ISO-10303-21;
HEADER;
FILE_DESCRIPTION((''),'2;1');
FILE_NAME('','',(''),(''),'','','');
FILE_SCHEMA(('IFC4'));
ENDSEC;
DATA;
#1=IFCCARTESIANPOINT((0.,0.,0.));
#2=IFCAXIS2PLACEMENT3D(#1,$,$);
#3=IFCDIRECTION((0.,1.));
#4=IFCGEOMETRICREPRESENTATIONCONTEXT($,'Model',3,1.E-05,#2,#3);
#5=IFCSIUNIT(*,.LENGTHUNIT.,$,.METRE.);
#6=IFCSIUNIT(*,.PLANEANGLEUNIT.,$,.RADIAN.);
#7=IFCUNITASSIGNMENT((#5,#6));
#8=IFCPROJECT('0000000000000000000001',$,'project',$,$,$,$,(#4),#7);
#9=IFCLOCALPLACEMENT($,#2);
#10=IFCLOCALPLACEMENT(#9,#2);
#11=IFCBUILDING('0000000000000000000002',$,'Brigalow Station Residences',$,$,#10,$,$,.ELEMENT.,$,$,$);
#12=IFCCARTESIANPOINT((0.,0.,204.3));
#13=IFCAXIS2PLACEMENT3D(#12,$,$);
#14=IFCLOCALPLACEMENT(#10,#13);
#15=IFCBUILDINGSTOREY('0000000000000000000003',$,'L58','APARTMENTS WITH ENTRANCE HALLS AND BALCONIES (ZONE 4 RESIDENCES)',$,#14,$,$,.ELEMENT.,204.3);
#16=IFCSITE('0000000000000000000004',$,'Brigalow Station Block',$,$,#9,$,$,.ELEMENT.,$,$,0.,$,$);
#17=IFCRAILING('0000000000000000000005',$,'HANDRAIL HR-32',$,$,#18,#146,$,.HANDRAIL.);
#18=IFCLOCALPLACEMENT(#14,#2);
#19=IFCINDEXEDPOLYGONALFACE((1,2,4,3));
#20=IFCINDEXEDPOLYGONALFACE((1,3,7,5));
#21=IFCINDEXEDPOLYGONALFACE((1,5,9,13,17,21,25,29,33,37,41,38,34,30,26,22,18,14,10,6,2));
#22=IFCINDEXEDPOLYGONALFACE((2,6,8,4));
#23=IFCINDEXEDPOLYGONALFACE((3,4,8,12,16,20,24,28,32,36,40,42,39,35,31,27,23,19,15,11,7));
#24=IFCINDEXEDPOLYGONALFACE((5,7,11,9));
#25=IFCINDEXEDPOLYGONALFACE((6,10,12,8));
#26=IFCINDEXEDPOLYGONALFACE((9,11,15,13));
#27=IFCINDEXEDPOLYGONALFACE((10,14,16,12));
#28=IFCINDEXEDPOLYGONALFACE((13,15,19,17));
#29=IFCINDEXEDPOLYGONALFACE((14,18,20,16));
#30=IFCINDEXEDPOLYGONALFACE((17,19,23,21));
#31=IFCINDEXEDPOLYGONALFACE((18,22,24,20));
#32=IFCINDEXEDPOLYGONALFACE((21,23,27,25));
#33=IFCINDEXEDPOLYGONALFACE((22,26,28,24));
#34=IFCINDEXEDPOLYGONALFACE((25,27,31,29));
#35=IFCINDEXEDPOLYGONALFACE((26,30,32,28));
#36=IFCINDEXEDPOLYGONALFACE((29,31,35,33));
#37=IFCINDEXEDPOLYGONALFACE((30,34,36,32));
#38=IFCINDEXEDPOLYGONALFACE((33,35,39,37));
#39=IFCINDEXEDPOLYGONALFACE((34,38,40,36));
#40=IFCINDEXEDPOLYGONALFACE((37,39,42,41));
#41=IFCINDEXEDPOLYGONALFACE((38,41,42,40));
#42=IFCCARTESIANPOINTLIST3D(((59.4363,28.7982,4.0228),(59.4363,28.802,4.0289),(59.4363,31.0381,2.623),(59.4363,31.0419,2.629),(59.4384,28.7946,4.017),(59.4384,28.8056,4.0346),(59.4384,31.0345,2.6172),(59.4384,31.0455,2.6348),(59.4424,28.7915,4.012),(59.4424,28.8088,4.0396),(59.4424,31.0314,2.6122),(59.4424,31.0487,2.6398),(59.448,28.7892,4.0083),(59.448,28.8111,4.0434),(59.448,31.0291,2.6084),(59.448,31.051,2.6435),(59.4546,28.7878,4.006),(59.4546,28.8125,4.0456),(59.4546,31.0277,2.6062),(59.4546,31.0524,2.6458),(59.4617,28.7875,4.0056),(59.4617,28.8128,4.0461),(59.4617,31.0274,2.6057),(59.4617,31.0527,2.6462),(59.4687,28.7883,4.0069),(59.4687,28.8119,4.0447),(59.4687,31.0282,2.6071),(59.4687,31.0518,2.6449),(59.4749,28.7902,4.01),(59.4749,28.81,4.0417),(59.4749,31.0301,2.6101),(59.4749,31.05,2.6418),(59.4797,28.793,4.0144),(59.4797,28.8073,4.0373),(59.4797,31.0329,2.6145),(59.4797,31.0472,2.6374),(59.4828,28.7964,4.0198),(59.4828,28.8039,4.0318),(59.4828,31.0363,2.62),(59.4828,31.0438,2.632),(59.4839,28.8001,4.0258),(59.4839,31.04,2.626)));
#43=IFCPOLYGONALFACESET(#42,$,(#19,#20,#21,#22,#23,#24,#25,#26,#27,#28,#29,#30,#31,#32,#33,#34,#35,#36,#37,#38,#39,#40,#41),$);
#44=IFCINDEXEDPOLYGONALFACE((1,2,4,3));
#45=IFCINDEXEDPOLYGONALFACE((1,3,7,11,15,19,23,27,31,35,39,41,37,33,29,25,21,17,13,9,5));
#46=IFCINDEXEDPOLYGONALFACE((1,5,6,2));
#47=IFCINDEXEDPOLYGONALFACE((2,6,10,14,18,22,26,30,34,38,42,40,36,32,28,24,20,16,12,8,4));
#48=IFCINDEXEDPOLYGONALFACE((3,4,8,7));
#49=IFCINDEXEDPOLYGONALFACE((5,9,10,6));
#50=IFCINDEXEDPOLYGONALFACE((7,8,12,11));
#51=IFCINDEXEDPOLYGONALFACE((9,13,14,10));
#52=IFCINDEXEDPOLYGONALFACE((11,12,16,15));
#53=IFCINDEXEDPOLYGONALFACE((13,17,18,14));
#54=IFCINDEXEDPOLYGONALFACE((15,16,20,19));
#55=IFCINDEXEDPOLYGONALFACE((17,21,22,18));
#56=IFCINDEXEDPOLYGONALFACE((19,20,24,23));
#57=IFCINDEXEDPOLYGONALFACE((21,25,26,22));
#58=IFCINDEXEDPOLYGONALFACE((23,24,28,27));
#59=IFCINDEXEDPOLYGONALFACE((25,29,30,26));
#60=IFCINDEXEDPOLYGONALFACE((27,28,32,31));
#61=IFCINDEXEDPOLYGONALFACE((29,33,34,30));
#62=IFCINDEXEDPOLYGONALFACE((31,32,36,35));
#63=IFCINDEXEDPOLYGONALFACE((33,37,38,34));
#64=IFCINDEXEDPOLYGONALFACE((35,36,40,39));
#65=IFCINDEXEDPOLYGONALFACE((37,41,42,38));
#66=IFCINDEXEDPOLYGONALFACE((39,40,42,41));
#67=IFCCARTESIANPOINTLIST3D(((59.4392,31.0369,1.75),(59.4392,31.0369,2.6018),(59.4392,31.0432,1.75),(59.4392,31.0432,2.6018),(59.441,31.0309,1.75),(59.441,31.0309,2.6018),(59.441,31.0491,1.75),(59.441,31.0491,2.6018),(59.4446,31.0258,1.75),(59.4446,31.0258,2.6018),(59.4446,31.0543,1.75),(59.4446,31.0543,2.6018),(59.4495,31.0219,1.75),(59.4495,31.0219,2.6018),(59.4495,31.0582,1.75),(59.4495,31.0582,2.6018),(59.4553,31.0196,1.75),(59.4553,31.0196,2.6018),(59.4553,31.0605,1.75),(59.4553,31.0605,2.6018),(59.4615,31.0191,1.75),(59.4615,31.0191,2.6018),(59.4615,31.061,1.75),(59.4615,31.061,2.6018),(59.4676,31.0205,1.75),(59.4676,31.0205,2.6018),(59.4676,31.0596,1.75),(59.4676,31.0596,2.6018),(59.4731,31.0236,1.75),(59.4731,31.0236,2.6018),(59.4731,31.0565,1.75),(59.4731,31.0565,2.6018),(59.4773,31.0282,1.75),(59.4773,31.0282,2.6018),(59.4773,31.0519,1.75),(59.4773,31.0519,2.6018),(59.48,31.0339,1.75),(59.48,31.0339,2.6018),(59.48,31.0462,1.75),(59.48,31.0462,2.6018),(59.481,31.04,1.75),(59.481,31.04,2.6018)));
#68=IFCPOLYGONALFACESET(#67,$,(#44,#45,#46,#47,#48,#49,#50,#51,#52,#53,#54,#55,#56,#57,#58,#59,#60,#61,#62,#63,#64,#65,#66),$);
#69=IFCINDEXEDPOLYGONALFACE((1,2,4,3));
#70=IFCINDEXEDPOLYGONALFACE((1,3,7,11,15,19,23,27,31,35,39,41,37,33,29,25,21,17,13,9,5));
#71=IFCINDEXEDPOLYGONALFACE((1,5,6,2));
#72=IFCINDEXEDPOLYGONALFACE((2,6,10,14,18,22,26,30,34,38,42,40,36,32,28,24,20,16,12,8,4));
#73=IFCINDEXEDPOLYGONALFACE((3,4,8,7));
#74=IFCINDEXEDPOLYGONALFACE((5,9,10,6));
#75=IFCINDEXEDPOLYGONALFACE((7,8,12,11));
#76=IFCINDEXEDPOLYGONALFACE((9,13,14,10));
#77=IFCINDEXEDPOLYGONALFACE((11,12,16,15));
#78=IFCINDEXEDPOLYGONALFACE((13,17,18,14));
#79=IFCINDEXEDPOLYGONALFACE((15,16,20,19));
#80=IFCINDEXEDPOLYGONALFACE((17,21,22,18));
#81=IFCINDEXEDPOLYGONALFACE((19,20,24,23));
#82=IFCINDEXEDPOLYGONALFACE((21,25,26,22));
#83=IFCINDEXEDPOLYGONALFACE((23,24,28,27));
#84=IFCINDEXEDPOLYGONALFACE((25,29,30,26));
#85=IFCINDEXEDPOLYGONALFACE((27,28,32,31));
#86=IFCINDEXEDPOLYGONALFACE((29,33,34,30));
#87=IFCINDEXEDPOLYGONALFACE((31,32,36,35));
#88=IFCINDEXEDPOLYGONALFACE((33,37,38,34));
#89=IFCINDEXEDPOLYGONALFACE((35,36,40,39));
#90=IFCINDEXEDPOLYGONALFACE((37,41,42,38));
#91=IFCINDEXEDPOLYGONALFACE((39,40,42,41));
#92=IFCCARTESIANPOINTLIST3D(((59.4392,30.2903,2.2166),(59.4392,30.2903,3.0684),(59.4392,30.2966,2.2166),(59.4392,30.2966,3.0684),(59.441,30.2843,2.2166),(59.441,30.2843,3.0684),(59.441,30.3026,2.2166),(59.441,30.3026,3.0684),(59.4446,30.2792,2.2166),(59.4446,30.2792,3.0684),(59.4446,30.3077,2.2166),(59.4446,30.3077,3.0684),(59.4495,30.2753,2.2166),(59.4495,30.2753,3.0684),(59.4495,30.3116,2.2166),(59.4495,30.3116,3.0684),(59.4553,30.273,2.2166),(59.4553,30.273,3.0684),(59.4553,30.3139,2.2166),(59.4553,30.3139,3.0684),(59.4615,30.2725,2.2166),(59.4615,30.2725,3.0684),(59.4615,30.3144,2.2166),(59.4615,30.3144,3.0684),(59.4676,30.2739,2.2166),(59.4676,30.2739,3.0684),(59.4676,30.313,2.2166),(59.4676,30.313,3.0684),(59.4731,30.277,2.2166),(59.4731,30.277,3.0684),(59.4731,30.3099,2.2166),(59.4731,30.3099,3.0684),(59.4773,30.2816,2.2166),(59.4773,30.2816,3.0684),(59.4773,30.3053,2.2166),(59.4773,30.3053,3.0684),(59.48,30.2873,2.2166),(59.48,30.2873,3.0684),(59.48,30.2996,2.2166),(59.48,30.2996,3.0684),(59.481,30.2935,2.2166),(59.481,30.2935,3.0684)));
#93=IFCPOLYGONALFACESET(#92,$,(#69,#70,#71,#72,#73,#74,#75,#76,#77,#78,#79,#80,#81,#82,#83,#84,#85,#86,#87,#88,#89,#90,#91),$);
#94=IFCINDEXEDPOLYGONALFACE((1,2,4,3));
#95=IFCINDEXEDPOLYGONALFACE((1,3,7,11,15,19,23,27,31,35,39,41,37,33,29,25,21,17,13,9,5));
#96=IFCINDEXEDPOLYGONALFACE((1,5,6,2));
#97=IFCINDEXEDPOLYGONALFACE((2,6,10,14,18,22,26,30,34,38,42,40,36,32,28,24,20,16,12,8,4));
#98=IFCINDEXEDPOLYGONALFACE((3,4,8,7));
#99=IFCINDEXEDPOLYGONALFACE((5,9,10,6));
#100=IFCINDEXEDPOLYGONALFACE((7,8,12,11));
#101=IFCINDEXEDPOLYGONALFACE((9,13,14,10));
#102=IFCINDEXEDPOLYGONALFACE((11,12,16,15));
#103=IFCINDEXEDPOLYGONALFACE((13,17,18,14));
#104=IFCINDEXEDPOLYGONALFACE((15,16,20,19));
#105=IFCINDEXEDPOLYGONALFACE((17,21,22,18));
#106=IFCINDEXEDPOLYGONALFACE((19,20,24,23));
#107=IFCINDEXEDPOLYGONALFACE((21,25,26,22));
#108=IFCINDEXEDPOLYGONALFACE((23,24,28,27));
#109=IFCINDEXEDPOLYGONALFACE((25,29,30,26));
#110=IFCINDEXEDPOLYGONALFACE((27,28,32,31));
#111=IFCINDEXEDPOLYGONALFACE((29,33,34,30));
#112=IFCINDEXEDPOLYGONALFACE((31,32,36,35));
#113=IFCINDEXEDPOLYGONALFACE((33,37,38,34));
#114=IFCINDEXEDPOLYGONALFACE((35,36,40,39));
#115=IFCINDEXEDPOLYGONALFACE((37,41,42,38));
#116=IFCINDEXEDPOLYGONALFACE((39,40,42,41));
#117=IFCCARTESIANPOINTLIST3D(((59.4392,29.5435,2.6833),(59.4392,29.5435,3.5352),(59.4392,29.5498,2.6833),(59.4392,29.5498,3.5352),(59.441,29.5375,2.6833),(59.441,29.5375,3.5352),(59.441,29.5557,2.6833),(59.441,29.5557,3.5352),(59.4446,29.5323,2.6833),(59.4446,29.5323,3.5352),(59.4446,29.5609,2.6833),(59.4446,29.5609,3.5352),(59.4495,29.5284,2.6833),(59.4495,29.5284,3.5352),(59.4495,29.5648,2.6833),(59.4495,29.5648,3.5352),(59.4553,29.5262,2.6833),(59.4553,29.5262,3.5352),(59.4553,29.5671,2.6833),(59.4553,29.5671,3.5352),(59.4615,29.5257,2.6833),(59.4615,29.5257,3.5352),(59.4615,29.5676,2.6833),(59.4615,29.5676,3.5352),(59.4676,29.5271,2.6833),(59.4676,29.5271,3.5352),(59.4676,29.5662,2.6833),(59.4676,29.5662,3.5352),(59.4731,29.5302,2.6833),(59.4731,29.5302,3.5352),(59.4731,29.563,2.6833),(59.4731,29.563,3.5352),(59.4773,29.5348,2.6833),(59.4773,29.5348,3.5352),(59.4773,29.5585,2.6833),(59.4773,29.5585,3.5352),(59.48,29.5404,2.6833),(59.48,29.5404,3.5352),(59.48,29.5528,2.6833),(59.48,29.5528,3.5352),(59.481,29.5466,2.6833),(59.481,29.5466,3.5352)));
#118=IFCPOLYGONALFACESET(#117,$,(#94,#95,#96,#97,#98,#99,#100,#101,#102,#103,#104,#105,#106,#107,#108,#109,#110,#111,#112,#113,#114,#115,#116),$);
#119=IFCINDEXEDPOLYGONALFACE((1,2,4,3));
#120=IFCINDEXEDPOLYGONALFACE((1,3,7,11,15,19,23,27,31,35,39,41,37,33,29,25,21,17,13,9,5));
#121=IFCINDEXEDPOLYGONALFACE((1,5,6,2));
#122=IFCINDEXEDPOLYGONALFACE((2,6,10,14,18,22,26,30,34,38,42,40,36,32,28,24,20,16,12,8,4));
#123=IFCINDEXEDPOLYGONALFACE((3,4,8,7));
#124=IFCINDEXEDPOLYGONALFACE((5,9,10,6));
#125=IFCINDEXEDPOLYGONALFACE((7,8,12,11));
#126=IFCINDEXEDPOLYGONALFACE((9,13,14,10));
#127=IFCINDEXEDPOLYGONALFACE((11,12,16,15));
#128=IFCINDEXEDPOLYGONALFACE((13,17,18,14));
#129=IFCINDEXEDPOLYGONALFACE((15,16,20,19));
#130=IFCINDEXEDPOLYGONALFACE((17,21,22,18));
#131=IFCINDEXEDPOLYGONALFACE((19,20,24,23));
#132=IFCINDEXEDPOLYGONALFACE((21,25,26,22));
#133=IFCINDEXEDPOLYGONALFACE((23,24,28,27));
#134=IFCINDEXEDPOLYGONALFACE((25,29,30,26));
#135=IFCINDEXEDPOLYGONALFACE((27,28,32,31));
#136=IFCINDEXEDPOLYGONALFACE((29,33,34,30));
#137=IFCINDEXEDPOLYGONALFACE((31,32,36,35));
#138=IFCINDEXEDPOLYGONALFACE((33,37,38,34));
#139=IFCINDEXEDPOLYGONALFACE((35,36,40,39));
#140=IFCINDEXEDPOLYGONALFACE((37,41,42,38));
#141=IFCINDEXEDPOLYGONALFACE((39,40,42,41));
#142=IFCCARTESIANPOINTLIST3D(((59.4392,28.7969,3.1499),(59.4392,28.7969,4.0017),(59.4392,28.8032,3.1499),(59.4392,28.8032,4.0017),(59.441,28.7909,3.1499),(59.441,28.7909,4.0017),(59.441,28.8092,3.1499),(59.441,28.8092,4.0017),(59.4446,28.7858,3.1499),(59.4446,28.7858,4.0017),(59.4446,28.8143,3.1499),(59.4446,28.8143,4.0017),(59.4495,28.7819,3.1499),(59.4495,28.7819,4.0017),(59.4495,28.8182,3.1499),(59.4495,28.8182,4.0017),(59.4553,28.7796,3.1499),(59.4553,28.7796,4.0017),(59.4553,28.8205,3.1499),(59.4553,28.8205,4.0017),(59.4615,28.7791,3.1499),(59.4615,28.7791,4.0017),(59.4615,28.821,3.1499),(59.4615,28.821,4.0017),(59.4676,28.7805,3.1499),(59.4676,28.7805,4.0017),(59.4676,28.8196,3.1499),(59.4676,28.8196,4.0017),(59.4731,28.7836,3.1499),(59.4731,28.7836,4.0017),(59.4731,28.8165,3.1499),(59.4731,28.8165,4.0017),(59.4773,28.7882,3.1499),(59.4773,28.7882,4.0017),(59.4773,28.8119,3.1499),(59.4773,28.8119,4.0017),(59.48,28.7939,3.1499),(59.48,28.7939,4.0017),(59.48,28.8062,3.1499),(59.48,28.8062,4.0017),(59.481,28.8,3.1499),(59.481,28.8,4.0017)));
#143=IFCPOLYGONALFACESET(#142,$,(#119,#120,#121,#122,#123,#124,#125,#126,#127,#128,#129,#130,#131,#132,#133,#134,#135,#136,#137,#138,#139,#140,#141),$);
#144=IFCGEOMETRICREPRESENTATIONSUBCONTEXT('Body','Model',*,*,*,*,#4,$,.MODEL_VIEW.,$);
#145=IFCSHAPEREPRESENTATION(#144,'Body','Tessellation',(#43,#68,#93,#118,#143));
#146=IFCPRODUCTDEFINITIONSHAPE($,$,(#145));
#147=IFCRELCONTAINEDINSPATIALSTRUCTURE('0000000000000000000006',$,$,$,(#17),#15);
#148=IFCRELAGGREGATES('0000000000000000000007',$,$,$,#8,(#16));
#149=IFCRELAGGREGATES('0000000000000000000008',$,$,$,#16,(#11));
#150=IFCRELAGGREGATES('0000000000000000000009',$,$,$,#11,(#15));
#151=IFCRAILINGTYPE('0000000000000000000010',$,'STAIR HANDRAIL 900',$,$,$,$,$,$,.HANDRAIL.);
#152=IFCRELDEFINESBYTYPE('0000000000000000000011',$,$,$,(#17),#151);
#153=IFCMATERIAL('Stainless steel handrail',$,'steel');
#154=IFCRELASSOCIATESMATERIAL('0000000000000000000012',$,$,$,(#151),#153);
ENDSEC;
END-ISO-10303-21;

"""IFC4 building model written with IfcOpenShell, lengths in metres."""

from ifc_helpers import new_model, si_unit, direction, frame, origin, origin_2d, place, context, subcontext, project, spatial, circle, extrude, material, type_object, element, save


model = new_model("IFC4")

# Units and contexts
model_context = context("Model", 3, precision=1e-05, world=origin(), true_north=direction((0.0, 1.0)))
body_context = subcontext(model_context, "Body", "Model", "MODEL_VIEW")
ifc_project = project(units=[si_unit("LENGTHUNIT", "METRE"), si_unit("PLANEANGLEUNIT", "RADIAN")], contexts=[model_context])

# Site, building, storey
site_placement = place(None, origin())
site = spatial("IfcSite", under=ifc_project, at=site_placement, Name="Brigalow Station Block", CompositionType="ELEMENT", RefElevation=0.0)
building_placement = place(site_placement, origin())
building = spatial("IfcBuilding", under=site, at=building_placement, Name="Brigalow Station Residences", CompositionType="ELEMENT")
storey_placement = place(building_placement, frame((0.0, 0.0, 204.3)))
storey = spatial("IfcBuildingStorey", under=building, at=storey_placement, Name="L58", Description="APARTMENTS WITH ENTRANCE HALLS AND BALCONIES (ZONE 4 RESIDENCES)", CompositionType="ELEMENT", Elevation=204.3)

# Railing
ifc_material_1 = material(Name="Stainless steel handrail", Category="steel")
railing_type_1 = type_object("IfcRailingType", Name="STAIR HANDRAIL 900", PredefinedType="HANDRAIL", material=ifc_material_1)
railing_1_placement = place(storey_placement, frame((59.46, 31.04, 1.75)))
element("IfcRailing", 1, at=railing_1_placement, inside=storey, type_object=railing_type_1, Name="HANDRAIL HR-32", PredefinedType="HANDRAIL", context=body_context, shape_type="SweptSolid", body=[
    extrude(circle(Radius=0.0239, at=origin_2d()), frame((0.0, 0.0, 0.876), z_axis=(0.0, -0.848014, 0.529974), x_axis=(1.0, 0.0, 0.0)), (0.0, 0.0, 1.0), 2.6414),
    extrude(circle(Radius=0.021, at=origin_2d()), origin(), (0.0, 0.0, 1.0), 0.8518),
    extrude(circle(Radius=0.021, at=origin_2d()), frame((0.0, -0.7466, 0.4666)), (0.0, 0.0, 1.0), 0.8518),
    extrude(circle(Radius=0.021, at=origin_2d()), frame((0.0, -1.4934, 0.9333)), (0.0, 0.0, 1.0), 0.8518),
    extrude(circle(Radius=0.021, at=origin_2d()), frame((0.0, -2.24, 1.3999)), (0.0, 0.0, 1.0), 0.8518),
])

save(model, "model.ifc")
